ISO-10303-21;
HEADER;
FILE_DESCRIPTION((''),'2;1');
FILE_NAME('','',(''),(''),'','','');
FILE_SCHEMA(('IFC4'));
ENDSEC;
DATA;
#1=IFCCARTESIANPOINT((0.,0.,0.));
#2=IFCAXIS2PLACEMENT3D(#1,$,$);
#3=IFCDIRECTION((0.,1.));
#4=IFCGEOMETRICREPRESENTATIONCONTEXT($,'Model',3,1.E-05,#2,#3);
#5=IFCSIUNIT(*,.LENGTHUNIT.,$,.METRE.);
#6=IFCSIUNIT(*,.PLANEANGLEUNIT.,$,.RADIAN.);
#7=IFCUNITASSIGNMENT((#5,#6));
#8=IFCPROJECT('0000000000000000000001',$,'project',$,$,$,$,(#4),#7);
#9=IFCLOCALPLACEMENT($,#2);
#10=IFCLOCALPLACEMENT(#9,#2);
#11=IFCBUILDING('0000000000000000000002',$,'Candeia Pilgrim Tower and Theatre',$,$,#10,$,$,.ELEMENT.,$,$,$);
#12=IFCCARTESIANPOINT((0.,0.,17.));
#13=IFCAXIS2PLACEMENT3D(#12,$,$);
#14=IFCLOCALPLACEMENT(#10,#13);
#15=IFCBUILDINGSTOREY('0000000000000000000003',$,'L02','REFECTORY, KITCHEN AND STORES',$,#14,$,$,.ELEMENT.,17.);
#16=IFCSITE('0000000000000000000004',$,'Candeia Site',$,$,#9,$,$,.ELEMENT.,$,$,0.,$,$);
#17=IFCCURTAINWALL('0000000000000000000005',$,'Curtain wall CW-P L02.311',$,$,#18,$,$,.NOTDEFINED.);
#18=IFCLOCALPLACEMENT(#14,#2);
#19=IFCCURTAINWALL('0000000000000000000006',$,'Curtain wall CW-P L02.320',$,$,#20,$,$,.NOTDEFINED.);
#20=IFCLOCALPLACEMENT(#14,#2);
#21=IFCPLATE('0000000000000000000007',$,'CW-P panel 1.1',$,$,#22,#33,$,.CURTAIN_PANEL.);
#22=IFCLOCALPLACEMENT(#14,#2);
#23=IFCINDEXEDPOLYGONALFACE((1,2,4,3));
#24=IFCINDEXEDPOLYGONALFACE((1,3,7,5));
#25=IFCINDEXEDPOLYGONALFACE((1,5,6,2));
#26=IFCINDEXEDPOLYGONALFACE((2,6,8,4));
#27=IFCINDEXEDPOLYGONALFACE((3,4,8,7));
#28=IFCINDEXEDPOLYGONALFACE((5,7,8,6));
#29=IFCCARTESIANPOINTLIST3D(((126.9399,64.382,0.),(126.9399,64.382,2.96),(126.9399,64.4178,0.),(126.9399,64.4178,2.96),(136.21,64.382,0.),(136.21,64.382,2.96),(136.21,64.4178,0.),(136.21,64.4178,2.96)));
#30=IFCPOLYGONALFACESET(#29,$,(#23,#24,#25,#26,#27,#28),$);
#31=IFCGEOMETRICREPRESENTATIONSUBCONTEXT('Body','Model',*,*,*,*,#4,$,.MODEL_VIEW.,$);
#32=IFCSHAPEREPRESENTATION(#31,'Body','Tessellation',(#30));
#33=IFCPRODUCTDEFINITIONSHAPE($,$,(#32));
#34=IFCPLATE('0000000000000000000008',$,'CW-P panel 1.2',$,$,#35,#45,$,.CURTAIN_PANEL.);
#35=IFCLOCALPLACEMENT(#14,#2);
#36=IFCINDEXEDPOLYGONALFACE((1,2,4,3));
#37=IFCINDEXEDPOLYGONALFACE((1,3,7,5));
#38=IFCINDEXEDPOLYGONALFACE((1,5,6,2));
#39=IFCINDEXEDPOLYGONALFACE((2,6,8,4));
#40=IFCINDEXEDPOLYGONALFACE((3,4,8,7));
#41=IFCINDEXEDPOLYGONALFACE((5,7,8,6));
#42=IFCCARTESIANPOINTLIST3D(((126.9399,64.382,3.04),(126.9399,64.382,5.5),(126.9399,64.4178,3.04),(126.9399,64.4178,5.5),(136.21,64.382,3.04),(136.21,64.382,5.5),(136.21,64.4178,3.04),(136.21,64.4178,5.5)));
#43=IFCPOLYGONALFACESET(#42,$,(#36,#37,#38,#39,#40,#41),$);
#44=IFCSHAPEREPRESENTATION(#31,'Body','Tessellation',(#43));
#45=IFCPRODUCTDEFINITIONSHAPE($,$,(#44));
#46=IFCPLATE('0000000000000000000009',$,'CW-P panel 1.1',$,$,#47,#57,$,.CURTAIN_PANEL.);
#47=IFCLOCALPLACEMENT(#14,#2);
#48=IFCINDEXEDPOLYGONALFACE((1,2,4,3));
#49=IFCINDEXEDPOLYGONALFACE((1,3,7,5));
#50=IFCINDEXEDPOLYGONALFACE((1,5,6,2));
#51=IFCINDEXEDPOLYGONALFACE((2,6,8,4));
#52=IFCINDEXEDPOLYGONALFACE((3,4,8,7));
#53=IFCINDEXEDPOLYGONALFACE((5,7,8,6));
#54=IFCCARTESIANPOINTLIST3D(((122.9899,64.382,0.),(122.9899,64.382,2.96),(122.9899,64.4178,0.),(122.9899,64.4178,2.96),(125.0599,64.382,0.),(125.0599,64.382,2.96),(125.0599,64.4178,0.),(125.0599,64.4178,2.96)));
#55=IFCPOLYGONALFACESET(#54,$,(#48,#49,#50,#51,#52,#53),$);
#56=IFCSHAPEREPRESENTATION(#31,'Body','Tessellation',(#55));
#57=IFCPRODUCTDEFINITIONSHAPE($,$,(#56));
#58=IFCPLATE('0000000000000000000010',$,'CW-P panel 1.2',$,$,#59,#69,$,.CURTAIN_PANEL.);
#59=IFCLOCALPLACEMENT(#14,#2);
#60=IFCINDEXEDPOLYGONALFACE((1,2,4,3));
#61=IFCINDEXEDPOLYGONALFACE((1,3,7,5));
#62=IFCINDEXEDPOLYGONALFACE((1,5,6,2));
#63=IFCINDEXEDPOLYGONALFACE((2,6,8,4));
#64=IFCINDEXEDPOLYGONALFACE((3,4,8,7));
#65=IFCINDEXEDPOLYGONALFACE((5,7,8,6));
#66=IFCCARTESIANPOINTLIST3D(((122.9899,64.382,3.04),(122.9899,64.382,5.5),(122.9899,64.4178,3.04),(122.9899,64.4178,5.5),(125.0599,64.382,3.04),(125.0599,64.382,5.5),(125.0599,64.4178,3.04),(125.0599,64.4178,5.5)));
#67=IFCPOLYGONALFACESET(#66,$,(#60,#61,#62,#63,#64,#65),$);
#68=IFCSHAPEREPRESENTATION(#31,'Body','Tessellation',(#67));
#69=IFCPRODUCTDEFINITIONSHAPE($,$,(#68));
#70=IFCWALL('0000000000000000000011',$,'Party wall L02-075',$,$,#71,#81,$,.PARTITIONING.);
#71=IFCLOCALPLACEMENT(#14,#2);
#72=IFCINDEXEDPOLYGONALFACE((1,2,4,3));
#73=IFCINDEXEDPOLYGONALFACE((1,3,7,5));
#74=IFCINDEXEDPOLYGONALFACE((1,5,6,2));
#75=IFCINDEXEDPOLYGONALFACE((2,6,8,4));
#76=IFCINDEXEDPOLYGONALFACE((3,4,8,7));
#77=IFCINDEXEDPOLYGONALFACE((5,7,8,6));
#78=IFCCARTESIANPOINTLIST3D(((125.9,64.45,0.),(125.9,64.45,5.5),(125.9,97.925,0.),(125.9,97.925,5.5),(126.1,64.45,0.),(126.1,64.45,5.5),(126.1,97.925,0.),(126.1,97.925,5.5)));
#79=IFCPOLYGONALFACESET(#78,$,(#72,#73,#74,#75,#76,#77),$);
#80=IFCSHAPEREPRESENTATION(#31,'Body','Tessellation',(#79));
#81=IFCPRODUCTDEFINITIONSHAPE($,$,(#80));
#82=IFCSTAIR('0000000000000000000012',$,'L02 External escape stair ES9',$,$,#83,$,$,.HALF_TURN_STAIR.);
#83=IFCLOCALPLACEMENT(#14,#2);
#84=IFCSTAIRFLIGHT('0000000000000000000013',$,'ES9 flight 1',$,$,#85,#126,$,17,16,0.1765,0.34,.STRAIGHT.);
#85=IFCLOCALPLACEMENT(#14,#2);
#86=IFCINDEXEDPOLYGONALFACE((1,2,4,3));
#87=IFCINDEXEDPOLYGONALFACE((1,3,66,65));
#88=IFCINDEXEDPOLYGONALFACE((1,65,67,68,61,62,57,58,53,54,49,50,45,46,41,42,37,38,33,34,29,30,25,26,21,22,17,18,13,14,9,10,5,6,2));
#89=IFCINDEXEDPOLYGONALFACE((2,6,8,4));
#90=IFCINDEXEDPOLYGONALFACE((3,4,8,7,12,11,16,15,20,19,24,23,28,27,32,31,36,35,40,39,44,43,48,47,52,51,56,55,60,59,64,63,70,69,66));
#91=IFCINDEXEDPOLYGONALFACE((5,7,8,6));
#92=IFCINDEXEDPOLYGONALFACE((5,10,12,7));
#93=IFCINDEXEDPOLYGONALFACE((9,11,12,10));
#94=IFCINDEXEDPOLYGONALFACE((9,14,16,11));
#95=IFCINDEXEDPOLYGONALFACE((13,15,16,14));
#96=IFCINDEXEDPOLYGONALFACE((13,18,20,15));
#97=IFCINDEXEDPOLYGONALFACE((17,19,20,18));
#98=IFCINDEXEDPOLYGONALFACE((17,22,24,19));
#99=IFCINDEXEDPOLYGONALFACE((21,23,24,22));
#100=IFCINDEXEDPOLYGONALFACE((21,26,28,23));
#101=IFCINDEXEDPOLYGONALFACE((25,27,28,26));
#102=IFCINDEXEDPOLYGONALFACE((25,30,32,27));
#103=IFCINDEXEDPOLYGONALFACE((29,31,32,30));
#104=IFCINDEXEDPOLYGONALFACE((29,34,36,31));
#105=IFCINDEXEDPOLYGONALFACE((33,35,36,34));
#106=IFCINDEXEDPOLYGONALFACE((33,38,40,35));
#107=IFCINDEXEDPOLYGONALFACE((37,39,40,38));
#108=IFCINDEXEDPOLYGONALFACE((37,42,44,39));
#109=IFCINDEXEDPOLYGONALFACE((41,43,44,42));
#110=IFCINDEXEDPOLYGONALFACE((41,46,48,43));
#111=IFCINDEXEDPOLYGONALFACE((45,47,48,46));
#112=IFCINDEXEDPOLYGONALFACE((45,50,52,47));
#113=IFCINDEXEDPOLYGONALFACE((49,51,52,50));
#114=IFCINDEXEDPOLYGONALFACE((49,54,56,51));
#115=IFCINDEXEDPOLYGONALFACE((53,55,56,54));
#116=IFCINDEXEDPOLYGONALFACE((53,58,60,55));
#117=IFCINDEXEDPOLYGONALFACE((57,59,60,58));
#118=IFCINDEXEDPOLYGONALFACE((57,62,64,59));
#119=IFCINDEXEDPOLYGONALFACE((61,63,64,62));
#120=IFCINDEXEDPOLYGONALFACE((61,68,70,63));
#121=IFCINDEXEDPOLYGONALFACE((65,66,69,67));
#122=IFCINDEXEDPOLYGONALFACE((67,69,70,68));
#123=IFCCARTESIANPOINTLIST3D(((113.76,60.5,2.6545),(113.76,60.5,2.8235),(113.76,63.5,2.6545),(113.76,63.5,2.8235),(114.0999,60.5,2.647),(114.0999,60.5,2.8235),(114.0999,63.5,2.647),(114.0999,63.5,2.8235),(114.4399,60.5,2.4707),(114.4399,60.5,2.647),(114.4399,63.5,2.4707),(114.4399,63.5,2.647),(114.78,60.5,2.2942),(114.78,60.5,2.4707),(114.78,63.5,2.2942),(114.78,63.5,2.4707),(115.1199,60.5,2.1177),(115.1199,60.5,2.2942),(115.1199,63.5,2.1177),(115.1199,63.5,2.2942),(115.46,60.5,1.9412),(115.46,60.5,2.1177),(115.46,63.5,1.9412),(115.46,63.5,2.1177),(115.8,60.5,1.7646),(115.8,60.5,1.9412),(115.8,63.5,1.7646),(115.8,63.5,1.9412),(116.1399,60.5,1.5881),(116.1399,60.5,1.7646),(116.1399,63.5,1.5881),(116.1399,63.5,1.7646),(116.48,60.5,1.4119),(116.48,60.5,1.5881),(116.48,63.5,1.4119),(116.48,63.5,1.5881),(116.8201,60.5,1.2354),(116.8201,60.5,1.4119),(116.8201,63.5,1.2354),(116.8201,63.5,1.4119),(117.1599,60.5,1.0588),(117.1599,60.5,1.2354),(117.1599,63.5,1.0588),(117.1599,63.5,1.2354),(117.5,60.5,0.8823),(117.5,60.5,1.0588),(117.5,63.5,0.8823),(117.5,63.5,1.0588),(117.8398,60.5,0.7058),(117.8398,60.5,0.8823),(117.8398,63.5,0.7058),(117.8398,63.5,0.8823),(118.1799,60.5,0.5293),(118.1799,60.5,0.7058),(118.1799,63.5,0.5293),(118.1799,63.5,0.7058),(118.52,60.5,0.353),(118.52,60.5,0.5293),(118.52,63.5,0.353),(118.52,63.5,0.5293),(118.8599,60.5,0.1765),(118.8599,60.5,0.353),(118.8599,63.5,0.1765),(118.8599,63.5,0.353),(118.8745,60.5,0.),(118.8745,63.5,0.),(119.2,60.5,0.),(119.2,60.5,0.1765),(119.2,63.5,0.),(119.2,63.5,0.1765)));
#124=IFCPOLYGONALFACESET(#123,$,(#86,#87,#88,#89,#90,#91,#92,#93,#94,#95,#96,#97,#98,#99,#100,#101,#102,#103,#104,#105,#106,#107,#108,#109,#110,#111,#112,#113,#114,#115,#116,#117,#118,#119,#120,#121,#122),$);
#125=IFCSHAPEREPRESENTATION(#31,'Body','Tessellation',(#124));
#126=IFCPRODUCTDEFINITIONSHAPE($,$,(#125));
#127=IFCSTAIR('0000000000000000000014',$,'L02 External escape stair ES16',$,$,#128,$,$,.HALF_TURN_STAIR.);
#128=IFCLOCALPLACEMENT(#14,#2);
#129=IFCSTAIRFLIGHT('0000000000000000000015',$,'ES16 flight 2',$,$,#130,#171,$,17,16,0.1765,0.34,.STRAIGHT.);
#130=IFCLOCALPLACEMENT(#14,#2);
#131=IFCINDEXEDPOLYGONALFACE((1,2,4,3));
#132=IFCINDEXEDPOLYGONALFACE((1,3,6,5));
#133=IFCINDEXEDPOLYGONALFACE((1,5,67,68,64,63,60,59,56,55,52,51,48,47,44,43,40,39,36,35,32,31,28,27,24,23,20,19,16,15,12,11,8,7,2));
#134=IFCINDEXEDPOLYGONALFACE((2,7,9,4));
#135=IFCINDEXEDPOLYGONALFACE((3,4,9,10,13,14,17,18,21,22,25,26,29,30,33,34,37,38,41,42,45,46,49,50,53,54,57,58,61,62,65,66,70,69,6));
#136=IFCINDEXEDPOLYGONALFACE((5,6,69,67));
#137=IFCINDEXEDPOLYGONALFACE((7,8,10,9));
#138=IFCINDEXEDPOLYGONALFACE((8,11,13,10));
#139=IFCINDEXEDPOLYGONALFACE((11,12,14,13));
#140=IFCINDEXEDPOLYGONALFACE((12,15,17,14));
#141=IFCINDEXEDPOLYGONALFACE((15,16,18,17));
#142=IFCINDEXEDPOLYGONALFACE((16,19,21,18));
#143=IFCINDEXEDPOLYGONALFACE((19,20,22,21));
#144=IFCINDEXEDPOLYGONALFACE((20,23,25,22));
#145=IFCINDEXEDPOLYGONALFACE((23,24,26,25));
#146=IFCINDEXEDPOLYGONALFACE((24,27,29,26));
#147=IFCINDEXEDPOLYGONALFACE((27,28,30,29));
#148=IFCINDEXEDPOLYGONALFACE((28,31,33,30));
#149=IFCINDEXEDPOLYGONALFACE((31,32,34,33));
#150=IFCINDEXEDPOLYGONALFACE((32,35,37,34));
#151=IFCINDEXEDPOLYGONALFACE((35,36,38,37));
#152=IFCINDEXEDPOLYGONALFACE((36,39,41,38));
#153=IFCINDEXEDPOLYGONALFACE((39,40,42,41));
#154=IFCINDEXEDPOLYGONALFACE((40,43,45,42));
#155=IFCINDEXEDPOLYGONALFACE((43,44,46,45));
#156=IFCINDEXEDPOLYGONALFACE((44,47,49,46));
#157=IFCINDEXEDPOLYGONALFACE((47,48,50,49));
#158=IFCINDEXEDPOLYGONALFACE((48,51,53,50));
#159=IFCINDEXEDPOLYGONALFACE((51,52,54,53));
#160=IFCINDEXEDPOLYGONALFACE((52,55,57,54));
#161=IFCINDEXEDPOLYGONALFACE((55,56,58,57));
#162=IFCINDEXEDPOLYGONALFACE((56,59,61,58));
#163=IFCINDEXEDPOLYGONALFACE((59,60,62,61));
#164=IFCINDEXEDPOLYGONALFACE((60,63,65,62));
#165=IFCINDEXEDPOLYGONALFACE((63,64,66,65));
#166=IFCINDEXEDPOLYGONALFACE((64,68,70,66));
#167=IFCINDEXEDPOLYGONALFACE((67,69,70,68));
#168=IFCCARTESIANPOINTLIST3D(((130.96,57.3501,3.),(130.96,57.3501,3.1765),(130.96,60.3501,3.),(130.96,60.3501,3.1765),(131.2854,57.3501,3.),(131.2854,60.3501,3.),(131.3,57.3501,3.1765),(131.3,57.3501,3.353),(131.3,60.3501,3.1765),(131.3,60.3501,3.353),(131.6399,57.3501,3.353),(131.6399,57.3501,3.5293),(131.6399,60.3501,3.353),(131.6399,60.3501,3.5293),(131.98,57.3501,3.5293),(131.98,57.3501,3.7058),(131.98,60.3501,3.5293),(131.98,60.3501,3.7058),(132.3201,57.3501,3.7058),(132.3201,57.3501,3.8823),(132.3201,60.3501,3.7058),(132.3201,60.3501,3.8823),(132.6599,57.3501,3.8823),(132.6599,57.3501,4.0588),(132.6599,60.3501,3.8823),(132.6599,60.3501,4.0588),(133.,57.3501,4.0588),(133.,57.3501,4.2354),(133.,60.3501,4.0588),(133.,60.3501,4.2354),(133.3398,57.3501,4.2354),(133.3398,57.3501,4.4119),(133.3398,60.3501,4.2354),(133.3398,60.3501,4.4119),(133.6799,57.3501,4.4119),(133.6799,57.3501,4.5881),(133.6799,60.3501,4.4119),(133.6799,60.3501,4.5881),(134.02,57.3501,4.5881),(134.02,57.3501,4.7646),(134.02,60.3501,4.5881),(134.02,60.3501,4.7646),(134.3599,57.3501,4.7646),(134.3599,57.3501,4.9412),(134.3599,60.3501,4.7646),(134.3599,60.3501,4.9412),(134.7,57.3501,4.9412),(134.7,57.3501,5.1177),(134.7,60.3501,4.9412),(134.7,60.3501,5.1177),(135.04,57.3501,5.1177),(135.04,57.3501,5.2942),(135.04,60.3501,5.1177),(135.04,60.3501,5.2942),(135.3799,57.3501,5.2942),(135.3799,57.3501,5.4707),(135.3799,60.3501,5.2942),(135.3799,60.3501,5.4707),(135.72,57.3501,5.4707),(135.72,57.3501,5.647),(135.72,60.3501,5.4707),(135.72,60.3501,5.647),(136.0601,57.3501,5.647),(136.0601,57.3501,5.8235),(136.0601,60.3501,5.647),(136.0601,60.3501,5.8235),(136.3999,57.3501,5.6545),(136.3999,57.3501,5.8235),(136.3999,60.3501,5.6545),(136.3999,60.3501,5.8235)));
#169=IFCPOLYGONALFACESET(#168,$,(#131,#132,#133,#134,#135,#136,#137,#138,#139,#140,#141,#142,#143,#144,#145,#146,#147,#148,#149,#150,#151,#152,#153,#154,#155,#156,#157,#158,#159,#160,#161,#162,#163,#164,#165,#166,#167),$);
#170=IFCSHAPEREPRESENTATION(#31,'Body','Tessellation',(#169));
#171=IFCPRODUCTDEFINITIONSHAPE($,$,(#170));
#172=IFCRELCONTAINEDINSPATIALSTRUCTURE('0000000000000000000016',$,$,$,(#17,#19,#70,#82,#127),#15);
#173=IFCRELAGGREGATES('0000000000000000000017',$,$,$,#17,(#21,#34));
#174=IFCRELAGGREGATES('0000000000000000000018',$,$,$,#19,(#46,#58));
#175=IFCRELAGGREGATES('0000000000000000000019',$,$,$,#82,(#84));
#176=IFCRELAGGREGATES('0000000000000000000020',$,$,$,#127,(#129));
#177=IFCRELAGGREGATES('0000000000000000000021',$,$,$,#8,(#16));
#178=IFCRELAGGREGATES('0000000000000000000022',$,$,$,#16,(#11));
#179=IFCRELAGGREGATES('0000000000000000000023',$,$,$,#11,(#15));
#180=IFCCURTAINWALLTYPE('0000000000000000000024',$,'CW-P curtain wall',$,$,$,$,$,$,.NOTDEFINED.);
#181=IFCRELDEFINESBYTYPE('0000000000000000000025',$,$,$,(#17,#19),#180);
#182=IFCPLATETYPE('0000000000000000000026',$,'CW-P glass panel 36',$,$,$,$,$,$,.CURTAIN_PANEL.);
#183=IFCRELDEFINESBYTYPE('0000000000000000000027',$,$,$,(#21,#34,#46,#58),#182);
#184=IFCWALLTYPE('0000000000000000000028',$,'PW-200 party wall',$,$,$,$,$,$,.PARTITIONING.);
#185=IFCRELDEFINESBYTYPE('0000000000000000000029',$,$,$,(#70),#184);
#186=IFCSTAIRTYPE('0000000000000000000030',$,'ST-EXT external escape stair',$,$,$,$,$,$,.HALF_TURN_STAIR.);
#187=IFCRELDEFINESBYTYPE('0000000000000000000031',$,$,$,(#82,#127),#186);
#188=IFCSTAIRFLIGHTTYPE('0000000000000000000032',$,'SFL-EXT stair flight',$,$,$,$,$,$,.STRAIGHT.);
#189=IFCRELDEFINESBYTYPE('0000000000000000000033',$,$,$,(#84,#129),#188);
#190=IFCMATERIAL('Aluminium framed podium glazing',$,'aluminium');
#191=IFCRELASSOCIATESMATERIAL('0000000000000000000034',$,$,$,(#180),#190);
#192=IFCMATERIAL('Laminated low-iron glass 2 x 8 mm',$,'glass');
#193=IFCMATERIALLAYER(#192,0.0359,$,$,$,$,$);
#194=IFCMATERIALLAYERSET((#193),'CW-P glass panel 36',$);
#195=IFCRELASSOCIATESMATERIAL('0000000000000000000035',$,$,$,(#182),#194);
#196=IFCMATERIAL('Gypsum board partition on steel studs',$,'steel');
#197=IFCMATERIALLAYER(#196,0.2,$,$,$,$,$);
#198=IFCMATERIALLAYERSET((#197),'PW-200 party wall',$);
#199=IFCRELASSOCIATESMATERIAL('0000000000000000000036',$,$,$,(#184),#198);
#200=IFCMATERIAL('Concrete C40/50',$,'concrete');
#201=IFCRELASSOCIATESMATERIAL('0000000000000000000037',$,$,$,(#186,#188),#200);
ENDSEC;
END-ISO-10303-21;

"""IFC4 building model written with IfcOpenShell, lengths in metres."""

from ifc_helpers import new_model, si_unit, direction, frame, frame_2d, origin, origin_2d, place, context, subcontext, project, spatial, polyline, rectangle, outline, extrude, material, layer, layer_set, type_object, element, aggregate, save


model = new_model("IFC4")

# Units and contexts
model_context = context("Model", 3, precision=1e-05, world=origin(), true_north=direction((0.0, 1.0)))
body_context = subcontext(model_context, "Body", "Model", "MODEL_VIEW")
ifc_project = project(units=[si_unit("LENGTHUNIT", "METRE"), si_unit("PLANEANGLEUNIT", "RADIAN")], contexts=[model_context])

# Site, building, storey
site_placement = place(None, origin())
site = spatial("IfcSite", under=ifc_project, at=site_placement, Name="Candeia Site", CompositionType="ELEMENT", RefElevation=0.0)
building_placement = place(site_placement, origin())
building = spatial("IfcBuilding", under=site, at=building_placement, Name="Candeia Pilgrim Tower and Theatre", CompositionType="ELEMENT")
storey_placement = place(building_placement, frame((0.0, 0.0, 17.0)))
storey = spatial("IfcBuildingStorey", under=building, at=storey_placement, Name="L02", Description="REFECTORY, KITCHEN AND STORES", CompositionType="ELEMENT", Elevation=17.0)

# Shared definitions
ifc_material_1 = material(Name="Concrete C40/50", Category="concrete")

# Curtain wall
ifc_material_2 = material(Name="Aluminium framed podium glazing", Category="aluminium")
curtain_wall_type = type_object("IfcCurtainWallType", Name="CW-P curtain wall", PredefinedType="NOTDEFINED", material=ifc_material_2)
curtain_wall_1_placement = place(storey_placement, origin())
curtain_wall_1 = element("IfcCurtainWall", 1, at=curtain_wall_1_placement, inside=storey, type_object=curtain_wall_type, Name="Curtain wall CW-P L02.311", PredefinedType="NOTDEFINED")

# Curtain wall
curtain_wall_2_placement = place(storey_placement, origin())
curtain_wall_2 = element("IfcCurtainWall", 2, at=curtain_wall_2_placement, inside=storey, type_object=curtain_wall_type, Name="Curtain wall CW-P L02.320", PredefinedType="NOTDEFINED")

# Plates
ifc_material_3 = material(Name="Laminated low-iron glass 2 x 8 mm", Category="glass")
ifc_layer_1 = layer(ifc_material_3, 0.0359)
ifc_layer_set_1 = layer_set([ifc_layer_1], Name="CW-P glass panel 36")
plate_type = type_object("IfcPlateType", Name="CW-P glass panel 36", PredefinedType="CURTAIN_PANEL", material=ifc_layer_set_1)
plate_1_placement = place(storey_placement, frame((131.575, 64.3999, 0.0), z_axis=(0.0, 0.0, 1.0), x_axis=(-1.0, 0.0, 0.0)))
plate_1 = element("IfcPlate", 3, at=plate_1_placement, type_object=plate_type, Name="CW-P panel 1.1", PredefinedType="CURTAIN_PANEL", context=body_context, shape_type="SweptSolid", body=[
    extrude(rectangle(XDim=9.27, YDim=0.0359, at=origin_2d()), origin(), (0.0, 0.0, 1.0), 2.96),
])
plate_2_placement = place(storey_placement, frame((131.575, 64.3999, 3.04), z_axis=(0.0, 0.0, 1.0), x_axis=(-1.0, 0.0, 0.0)))
plate_2 = element("IfcPlate", 4, at=plate_2_placement, type_object=plate_type, Name="CW-P panel 1.2", PredefinedType="CURTAIN_PANEL", context=body_context, shape_type="SweptSolid", body=[
    extrude(rectangle(XDim=9.27, YDim=0.0359, at=origin_2d()), origin(), (0.0, 0.0, 1.0), 2.46),
])
aggregate(curtain_wall_1, [plate_1, plate_2])
plate_3_placement = place(storey_placement, frame((124.0249, 64.3999, 0.0), z_axis=(0.0, 0.0, 1.0), x_axis=(-1.0, 0.0, 0.0)))
plate_3 = element("IfcPlate", 5, at=plate_3_placement, type_object=plate_type, Name="CW-P panel 1.1", PredefinedType="CURTAIN_PANEL", context=body_context, shape_type="SweptSolid", body=[
    extrude(rectangle(XDim=2.0701, YDim=0.0359, at=origin_2d()), origin(), (0.0, 0.0, 1.0), 2.96),
])
plate_4_placement = place(storey_placement, frame((124.0249, 64.3999, 3.04), z_axis=(0.0, 0.0, 1.0), x_axis=(-1.0, 0.0, 0.0)))
plate_4 = element("IfcPlate", 6, at=plate_4_placement, type_object=plate_type, Name="CW-P panel 1.2", PredefinedType="CURTAIN_PANEL", context=body_context, shape_type="SweptSolid", body=[
    extrude(rectangle(XDim=2.0701, YDim=0.0359, at=origin_2d()), origin(), (0.0, 0.0, 1.0), 2.46),
])
aggregate(curtain_wall_2, [plate_3, plate_4])

# Wall
ifc_material_4 = material(Name="Gypsum board partition on steel studs", Category="steel")
ifc_layer_2 = layer(ifc_material_4, 0.2)
ifc_layer_set_2 = layer_set([ifc_layer_2], Name="PW-200 party wall")
wall_type_1 = type_object("IfcWallType", Name="PW-200 party wall", PredefinedType="PARTITIONING", material=ifc_layer_set_2)
wall_1_placement = place(storey_placement, frame((126.0, 64.45, 0.0), z_axis=(0.0, 0.0, 1.0), x_axis=(0.0, 1.0, 0.0)))
element("IfcWall", 7, at=wall_1_placement, inside=storey, type_object=wall_type_1, Name="Party wall L02-075", PredefinedType="PARTITIONING", context=body_context, shape_type="SweptSolid", body=[
    extrude(rectangle(XDim=33.4751, YDim=0.2, at=frame_2d((16.7375, 0.0))), origin(), (0.0, 0.0, 1.0), 5.5),
])

# Stairs, stair flights
stair_type = type_object("IfcStairType", Name="ST-EXT external escape stair", PredefinedType="HALF_TURN_STAIR", material=ifc_material_1)
stair_1_placement = place(storey_placement, origin())
stair_1 = element("IfcStair", 8, at=stair_1_placement, inside=storey, type_object=stair_type, Name="L02 External escape stair ES9", PredefinedType="HALF_TURN_STAIR")
stair_flight_type = type_object("IfcStairFlightType", Name="SFL-EXT stair flight", PredefinedType="STRAIGHT", material=ifc_material_1)
stair_flight_1_placement = place(storey_placement, frame((119.2, 62.0, 0.0), z_axis=(0.0, 0.0, 1.0), x_axis=(-1.0, 0.0, 0.0)))
stair_flight_1 = element("IfcStairFlight", 9, at=stair_flight_1_placement, type_object=stair_flight_type, Name="ES9 flight 1", NumberOfRisers=17, NumberOfTreads=16, PredefinedType="STRAIGHT", RiserHeight=0.1765, TreadLength=0.34, context=body_context, shape_type="SweptSolid", body=[
    extrude(outline(polyline([(0.0, 0.0), (0.0, 0.1765), (0.3401, 0.1765), (0.3401, 0.353), (0.6799, 0.353), (0.6799, 0.5293), (1.02, 0.5293), (1.02, 0.7058), (1.3601, 0.7058), (1.3601, 0.8823), (1.7, 0.8823), (1.7, 1.0588), (2.04, 1.0588), (2.04, 1.2354), (2.3799, 1.2354), (2.3799, 1.4119), (2.72, 1.4119), (2.72, 1.5881), (3.0601, 1.5881), (3.0601, 1.7646), (3.3999, 1.7646), (3.3999, 1.9412), (3.74, 1.9412), (3.74, 2.1177), (4.0801, 2.1177), (4.0801, 2.2942), (4.4199, 2.2942), (4.4199, 2.4707), (4.76, 2.4707), (4.76, 2.647), (5.1001, 2.647), (5.1001, 2.8235), (5.4399, 2.8235), (5.4399, 3.0), (5.4399, 2.6545), (0.3254, 0.0), (0.0, 0.0)])), frame((0.0, 1.5, 0.0), z_axis=(0.0, -1.0, 0.0), x_axis=(1.0, 0.0, 0.0)), (0.0, 0.0, 1.0), 3.0),
])
aggregate(stair_1, [stair_flight_1])
stair_2_placement = place(storey_placement, origin())
stair_2 = element("IfcStair", 10, at=stair_2_placement, inside=storey, type_object=stair_type, Name="L02 External escape stair ES16", PredefinedType="HALF_TURN_STAIR")
stair_flight_2_placement = place(storey_placement, frame((130.96, 58.8501, 3.0), z_axis=(0.0, 0.0, 1.0), x_axis=(1.0, 0.0, 0.0)))
stair_flight_2 = element("IfcStairFlight", 11, at=stair_flight_2_placement, type_object=stair_flight_type, Name="ES16 flight 2", NumberOfRisers=17, NumberOfTreads=16, PredefinedType="STRAIGHT", RiserHeight=0.1765, TreadLength=0.34, context=body_context, shape_type="SweptSolid", body=[
    extrude(outline(polyline([(0.0, 0.0), (0.0, 0.1765), (0.3401, 0.1765), (0.3401, 0.353), (0.6799, 0.353), (0.6799, 0.5293), (1.02, 0.5293), (1.02, 0.7058), (1.3601, 0.7058), (1.3601, 0.8823), (1.7, 0.8823), (1.7, 1.0588), (2.04, 1.0588), (2.04, 1.2354), (2.3799, 1.2354), (2.3799, 1.4119), (2.72, 1.4119), (2.72, 1.5881), (3.0601, 1.5881), (3.0601, 1.7646), (3.3999, 1.7646), (3.3999, 1.9412), (3.74, 1.9412), (3.74, 2.1177), (4.0801, 2.1177), (4.0801, 2.2942), (4.4199, 2.2942), (4.4199, 2.4707), (4.76, 2.4707), (4.76, 2.647), (5.1001, 2.647), (5.1001, 2.8235), (5.4399, 2.8235), (5.4399, 3.0), (5.4399, 2.6545), (0.3254, 0.0), (0.0, 0.0)])), frame((0.0, 1.5, 0.0), z_axis=(0.0, -1.0, 0.0), x_axis=(1.0, 0.0, 0.0)), (0.0, 0.0, 1.0), 3.0),
])
aggregate(stair_2, [stair_flight_2])

save(model, "model.ifc")
